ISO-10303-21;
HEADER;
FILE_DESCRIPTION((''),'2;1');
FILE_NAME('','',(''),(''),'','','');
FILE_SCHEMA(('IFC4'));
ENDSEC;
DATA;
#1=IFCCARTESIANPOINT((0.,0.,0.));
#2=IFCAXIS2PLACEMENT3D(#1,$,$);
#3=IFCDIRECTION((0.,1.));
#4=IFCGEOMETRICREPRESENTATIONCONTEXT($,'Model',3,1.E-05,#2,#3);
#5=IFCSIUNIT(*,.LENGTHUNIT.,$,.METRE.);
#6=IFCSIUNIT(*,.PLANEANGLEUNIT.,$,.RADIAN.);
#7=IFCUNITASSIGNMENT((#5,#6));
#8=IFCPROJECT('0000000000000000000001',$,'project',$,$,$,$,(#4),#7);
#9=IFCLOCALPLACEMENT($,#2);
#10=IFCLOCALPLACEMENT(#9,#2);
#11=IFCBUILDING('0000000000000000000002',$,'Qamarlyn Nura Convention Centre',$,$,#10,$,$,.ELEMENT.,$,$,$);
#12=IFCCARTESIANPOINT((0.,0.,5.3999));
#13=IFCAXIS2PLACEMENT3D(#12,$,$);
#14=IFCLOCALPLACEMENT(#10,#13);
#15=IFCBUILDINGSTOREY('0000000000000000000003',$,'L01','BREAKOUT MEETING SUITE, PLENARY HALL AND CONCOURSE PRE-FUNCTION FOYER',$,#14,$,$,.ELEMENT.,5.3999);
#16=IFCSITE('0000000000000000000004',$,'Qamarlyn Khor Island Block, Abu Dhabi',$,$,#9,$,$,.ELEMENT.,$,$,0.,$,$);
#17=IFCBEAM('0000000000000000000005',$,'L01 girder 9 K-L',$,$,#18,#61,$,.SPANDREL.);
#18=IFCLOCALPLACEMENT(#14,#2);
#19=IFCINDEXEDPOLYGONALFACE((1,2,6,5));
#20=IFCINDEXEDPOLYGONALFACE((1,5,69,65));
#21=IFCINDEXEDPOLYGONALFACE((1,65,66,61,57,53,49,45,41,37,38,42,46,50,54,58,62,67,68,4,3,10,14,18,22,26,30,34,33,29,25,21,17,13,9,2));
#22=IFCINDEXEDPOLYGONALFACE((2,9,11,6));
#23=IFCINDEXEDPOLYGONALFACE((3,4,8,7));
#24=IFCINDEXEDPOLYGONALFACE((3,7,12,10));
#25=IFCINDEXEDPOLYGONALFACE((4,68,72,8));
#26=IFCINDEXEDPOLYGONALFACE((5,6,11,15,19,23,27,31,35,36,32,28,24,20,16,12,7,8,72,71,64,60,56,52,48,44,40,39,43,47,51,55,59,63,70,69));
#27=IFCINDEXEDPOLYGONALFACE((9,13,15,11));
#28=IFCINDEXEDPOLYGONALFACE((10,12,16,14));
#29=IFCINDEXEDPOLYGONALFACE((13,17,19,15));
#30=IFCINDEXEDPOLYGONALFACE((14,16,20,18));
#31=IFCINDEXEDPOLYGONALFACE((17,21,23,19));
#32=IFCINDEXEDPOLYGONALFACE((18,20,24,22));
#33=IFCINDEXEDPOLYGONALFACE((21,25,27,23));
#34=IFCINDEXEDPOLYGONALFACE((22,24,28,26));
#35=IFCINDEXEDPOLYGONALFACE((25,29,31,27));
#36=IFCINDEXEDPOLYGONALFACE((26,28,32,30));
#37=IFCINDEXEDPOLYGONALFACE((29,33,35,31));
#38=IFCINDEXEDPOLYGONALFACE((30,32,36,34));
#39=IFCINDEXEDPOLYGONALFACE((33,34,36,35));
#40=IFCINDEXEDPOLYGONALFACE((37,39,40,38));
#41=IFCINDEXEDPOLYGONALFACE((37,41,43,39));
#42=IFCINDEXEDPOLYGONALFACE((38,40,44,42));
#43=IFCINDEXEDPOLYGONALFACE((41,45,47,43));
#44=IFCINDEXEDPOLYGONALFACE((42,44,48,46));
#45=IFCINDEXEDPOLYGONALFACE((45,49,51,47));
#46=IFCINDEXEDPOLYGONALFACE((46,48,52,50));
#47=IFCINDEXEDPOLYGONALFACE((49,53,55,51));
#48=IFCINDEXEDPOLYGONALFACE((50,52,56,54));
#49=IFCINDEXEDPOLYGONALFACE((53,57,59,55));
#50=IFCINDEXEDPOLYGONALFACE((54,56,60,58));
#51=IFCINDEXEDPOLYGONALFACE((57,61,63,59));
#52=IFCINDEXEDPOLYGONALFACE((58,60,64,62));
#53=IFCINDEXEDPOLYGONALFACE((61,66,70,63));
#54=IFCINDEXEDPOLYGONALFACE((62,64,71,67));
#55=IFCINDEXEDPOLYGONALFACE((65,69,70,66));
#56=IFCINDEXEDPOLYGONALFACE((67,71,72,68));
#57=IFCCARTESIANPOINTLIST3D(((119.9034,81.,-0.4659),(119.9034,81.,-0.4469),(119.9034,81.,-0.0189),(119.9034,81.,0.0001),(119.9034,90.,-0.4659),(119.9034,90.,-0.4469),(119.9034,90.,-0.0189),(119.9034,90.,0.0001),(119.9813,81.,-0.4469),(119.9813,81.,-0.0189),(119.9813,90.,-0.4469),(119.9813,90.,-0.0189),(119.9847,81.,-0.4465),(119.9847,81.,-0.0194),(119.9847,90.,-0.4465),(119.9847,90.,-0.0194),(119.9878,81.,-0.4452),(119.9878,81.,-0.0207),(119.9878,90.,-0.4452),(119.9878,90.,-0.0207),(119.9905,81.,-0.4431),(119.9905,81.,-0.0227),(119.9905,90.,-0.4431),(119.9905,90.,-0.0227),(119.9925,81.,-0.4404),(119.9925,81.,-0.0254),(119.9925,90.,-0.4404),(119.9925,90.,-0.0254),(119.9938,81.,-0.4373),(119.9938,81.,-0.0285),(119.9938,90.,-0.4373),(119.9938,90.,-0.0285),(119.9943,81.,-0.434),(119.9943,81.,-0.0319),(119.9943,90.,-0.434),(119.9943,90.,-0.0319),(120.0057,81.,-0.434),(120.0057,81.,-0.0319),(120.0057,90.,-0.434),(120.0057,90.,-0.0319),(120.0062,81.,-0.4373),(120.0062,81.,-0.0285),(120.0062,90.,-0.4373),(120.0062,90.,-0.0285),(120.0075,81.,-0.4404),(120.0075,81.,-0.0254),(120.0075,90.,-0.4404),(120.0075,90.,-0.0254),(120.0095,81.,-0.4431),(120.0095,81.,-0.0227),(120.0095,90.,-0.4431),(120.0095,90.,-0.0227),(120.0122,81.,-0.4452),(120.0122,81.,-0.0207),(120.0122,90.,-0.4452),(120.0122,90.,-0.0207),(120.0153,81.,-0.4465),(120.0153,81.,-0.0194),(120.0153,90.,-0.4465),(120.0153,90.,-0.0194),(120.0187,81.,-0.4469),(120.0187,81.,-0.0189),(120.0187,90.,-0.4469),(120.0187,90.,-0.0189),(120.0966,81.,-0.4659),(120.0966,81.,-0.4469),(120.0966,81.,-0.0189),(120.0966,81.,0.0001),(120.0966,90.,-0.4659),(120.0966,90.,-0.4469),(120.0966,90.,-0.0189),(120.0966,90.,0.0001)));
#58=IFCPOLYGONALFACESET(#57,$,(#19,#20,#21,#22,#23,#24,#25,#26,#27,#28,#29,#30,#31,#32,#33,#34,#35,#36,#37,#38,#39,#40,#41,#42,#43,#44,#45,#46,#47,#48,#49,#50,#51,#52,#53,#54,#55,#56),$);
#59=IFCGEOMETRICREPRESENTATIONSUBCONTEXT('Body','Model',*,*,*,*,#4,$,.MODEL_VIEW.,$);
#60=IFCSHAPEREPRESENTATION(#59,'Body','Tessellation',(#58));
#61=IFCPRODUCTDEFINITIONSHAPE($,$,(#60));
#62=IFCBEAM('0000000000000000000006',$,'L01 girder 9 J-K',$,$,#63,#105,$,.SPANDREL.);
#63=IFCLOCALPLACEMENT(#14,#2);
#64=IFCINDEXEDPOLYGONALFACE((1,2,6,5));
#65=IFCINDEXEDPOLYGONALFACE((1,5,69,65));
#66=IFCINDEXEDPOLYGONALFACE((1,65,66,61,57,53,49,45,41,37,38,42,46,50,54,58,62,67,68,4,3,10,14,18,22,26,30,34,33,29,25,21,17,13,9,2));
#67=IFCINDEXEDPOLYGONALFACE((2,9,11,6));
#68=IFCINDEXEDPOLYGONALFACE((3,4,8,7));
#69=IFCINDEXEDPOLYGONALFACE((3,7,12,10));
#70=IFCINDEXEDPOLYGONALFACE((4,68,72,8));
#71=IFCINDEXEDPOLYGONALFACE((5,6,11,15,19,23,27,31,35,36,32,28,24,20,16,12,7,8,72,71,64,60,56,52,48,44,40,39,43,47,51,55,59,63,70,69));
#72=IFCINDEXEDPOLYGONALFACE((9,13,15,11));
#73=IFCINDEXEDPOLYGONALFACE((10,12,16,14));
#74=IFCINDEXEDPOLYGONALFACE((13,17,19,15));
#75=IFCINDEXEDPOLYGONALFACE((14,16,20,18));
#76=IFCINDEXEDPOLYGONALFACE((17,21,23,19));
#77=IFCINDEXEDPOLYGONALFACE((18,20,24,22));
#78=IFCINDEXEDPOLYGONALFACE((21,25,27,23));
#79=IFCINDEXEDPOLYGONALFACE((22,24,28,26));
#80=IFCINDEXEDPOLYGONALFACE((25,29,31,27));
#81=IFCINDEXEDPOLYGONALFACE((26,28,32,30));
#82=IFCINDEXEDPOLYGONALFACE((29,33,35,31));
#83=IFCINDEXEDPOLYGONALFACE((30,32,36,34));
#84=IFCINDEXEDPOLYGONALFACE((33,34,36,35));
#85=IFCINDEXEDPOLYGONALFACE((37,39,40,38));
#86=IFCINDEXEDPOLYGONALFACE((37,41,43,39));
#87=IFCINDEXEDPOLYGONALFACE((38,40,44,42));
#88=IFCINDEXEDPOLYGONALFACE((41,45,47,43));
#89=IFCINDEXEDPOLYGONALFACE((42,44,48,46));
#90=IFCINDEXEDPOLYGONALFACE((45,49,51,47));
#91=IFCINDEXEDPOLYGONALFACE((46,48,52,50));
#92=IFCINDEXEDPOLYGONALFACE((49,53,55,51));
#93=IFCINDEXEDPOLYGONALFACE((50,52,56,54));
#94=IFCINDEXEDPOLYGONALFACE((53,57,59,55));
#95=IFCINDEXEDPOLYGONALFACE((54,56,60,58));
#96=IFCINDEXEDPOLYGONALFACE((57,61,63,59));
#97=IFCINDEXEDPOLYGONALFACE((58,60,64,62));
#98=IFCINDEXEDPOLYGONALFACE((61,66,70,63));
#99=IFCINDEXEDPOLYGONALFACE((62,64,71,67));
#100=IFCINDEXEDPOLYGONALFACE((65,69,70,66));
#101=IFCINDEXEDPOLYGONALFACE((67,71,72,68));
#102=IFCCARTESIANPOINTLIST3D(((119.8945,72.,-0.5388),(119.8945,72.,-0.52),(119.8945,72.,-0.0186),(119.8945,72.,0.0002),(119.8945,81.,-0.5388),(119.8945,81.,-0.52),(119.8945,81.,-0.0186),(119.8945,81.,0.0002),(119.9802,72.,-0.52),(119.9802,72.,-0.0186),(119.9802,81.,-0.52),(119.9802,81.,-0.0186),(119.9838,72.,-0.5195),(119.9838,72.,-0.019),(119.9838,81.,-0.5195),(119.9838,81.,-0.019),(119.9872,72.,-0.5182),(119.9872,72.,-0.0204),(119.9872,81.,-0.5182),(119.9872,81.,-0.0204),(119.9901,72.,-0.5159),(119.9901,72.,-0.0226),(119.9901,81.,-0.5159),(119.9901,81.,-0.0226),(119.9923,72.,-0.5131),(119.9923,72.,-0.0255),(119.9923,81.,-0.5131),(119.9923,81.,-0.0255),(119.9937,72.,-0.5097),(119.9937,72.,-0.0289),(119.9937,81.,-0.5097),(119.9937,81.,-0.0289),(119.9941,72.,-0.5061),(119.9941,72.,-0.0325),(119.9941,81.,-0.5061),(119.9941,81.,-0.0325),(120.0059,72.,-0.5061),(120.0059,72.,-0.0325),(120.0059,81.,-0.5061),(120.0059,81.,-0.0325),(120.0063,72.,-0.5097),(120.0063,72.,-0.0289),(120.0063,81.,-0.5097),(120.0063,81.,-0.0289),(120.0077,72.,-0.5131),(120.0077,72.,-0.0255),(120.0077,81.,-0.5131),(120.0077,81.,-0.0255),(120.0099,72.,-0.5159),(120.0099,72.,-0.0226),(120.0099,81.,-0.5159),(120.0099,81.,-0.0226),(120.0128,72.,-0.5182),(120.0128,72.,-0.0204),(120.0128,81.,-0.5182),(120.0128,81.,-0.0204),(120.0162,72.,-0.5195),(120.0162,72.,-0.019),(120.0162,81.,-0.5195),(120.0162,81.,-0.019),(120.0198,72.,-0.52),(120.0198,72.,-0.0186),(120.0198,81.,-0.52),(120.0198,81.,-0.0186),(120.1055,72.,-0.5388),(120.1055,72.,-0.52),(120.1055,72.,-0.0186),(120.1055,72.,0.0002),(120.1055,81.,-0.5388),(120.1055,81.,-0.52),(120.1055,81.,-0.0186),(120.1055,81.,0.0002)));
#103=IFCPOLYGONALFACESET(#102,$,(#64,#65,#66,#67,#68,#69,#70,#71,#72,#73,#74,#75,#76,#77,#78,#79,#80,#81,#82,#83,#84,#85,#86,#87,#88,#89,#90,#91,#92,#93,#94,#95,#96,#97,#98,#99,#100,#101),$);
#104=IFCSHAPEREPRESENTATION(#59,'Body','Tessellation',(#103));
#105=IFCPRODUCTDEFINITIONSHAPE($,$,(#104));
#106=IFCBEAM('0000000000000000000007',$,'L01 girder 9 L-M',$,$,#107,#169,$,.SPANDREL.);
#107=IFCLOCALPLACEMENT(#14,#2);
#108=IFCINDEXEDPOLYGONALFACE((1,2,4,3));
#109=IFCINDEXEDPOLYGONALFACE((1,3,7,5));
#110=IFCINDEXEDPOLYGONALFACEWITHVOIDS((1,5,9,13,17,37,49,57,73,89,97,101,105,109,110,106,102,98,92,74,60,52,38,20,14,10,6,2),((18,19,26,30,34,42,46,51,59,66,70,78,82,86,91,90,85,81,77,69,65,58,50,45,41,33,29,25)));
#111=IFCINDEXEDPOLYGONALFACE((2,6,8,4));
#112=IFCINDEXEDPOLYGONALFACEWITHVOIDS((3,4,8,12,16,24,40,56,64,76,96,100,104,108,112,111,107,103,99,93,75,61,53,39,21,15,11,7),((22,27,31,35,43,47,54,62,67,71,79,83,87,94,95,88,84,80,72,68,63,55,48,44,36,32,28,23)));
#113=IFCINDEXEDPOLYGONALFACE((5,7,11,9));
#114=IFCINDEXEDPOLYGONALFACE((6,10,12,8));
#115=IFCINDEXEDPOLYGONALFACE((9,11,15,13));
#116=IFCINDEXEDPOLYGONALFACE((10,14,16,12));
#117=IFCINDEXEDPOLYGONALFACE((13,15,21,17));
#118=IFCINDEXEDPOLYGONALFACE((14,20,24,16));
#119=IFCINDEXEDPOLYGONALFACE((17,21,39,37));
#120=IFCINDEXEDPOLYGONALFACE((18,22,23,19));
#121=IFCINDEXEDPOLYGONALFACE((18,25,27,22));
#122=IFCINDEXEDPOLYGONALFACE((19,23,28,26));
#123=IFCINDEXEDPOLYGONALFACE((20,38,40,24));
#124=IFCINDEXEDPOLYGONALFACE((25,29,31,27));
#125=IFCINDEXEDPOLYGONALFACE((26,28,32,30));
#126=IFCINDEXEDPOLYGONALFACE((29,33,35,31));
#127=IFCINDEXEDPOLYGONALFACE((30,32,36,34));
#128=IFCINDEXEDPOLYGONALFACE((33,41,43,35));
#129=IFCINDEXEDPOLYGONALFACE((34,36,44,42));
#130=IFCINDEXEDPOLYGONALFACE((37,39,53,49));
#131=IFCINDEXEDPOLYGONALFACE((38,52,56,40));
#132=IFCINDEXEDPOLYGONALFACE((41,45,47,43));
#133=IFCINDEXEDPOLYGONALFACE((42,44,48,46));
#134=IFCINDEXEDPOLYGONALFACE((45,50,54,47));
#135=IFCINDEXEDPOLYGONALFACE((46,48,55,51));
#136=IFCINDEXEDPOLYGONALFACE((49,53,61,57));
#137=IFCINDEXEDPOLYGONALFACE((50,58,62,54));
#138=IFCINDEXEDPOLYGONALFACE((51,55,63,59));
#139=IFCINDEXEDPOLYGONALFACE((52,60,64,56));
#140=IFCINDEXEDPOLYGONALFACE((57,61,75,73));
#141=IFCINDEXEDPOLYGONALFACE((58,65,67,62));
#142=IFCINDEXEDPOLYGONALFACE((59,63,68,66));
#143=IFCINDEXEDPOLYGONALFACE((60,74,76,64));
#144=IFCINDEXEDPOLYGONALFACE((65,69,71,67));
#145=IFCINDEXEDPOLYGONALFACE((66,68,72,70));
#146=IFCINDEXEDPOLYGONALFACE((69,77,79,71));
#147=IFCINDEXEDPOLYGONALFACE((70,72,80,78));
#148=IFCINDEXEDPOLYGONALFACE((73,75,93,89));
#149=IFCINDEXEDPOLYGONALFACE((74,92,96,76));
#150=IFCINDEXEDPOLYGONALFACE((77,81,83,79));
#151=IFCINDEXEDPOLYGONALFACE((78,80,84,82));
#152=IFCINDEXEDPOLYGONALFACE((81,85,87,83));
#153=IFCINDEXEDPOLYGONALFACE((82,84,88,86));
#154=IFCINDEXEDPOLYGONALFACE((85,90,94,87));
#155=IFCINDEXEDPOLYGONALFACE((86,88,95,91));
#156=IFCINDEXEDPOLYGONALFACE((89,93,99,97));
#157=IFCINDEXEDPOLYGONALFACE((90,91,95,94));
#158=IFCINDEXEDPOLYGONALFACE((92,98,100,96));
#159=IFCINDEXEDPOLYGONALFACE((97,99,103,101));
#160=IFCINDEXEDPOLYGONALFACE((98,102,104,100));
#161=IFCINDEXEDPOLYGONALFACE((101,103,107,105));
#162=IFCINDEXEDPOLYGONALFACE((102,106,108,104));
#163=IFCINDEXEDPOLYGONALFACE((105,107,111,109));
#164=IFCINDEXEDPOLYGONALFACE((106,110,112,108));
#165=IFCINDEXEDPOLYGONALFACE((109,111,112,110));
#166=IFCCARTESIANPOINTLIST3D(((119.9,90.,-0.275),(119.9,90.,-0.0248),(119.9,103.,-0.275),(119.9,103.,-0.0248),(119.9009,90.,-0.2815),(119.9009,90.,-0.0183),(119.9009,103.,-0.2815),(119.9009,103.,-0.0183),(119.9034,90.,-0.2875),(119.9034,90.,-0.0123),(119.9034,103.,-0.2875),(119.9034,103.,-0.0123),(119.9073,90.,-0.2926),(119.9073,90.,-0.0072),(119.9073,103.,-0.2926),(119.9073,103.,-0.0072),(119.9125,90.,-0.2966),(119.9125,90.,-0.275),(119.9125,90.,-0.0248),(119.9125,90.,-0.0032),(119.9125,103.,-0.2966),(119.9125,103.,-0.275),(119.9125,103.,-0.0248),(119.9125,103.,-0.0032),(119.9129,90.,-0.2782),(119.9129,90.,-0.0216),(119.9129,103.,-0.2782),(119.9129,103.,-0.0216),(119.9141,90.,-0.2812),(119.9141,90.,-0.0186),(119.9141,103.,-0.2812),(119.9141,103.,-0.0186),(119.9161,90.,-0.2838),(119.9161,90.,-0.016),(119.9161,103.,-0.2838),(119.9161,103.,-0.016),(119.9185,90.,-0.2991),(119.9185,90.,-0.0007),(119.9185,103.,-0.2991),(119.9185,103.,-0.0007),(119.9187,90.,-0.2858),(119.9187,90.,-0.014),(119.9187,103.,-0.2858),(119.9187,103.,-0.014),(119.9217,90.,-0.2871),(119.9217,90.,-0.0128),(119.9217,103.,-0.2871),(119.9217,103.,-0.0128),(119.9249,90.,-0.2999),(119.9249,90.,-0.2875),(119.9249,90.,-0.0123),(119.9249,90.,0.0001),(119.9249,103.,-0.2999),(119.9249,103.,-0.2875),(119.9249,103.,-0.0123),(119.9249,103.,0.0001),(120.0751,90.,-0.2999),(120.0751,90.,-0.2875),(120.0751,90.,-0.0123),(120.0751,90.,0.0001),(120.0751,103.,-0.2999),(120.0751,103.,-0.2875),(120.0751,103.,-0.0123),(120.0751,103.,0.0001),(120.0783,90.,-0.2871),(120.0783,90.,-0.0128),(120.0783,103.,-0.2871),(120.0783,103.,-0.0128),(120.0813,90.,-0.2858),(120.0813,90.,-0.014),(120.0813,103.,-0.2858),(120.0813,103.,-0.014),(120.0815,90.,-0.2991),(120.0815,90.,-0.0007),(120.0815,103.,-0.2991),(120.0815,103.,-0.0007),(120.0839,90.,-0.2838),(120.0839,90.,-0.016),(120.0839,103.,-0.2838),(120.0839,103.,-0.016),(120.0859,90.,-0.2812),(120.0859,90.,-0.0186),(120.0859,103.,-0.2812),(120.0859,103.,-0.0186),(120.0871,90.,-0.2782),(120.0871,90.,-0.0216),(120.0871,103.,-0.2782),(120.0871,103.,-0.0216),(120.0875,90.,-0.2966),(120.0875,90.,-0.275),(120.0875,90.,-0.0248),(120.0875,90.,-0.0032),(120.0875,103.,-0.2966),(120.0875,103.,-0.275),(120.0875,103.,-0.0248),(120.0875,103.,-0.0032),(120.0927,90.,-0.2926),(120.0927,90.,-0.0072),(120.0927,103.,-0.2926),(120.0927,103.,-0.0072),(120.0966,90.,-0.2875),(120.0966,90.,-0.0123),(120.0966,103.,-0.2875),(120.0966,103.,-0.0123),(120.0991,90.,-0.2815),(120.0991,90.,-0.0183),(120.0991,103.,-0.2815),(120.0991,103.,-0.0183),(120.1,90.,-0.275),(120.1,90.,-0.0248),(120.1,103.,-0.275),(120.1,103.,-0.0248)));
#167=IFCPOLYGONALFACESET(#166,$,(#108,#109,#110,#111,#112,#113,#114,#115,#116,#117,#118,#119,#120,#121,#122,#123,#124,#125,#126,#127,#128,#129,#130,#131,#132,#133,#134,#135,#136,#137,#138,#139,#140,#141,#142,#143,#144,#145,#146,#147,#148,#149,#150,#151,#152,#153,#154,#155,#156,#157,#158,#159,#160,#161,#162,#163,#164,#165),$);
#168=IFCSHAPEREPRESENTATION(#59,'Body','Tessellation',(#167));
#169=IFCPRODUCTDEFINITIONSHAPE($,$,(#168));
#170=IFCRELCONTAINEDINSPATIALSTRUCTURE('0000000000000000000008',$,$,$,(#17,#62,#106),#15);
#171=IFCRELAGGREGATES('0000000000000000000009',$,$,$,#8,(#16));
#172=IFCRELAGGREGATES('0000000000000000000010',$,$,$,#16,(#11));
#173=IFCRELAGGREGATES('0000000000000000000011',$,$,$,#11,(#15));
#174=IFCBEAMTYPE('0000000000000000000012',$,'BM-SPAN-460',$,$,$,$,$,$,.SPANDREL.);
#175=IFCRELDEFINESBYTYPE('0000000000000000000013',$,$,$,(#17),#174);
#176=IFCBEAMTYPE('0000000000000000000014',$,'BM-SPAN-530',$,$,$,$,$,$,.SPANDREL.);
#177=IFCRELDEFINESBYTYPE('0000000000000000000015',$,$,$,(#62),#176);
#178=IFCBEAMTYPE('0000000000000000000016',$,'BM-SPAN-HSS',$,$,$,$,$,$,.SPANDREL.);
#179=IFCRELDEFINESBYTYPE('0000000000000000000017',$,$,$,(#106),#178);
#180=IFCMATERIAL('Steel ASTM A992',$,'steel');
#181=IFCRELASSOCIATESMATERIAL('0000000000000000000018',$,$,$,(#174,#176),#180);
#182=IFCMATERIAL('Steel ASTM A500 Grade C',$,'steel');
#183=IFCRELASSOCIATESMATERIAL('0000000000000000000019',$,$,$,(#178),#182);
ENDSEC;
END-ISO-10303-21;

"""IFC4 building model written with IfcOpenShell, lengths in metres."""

from ifc_helpers import new_model, si_unit, direction, frame, origin, origin_2d, place, context, subcontext, project, spatial, hollow_rectangle, i_section, extrude, material, material_profile, profile_set, type_object, element, save


model = new_model("IFC4")

# Units and contexts
model_context = context("Model", 3, precision=1e-05, world=origin(), true_north=direction((0.0, 1.0)))
body_context = subcontext(model_context, "Body", "Model", "MODEL_VIEW")
ifc_project = project(units=[si_unit("LENGTHUNIT", "METRE"), si_unit("PLANEANGLEUNIT", "RADIAN")], contexts=[model_context])

# Site, building, storey
site_placement = place(None, origin())
site = spatial("IfcSite", under=ifc_project, at=site_placement, Name="Qamarlyn Khor Island Block, Abu Dhabi", CompositionType="ELEMENT", RefElevation=0.0)
building_placement = place(site_placement, origin())
building = spatial("IfcBuilding", under=site, at=building_placement, Name="Qamarlyn Nura Convention Centre", CompositionType="ELEMENT")
storey_placement = place(building_placement, frame((0.0, 0.0, 5.3999)))
storey = spatial("IfcBuildingStorey", under=building, at=storey_placement, Name="L01", Description="BREAKOUT MEETING SUITE, PLENARY HALL AND CONCOURSE PRE-FUNCTION FOYER", CompositionType="ELEMENT", Elevation=5.3999)

# Shared definitions
ifc_material_1 = material(Name="Steel ASTM A992", Category="steel")

# Beams
ifc_material_profile_1 = material_profile(ifc_material_1, i_section(OverallWidth=0.1931, OverallDepth=0.4661, WebThickness=0.0115, FlangeThickness=0.019, FilletRadius=0.0129, at=origin_2d()), Name="W460X97")
ifc_profile_set_1 = profile_set([ifc_material_profile_1], Name="Steel ASTM A992")
beam_type_1 = type_object("IfcBeamType", Name="BM-SPAN-460", PredefinedType="SPANDREL", material=ifc_profile_set_1)
beam_1_placement = place(storey_placement, frame((120.0, 81.0, -0.2329), z_axis=(0.0, 1.0, 0.0), x_axis=(-1.0, 0.0, 0.0)))
element("IfcBeam", 1, at=beam_1_placement, inside=storey, type_object=beam_type_1, Name="L01 girder 9 K-L", PredefinedType="SPANDREL", context=body_context, shape_type="SweptSolid", body=[
    extrude(i_section(OverallWidth=0.1931, OverallDepth=0.4661, WebThickness=0.0115, FlangeThickness=0.019, FilletRadius=0.0129, at=origin_2d()), origin(), (0.0, 0.0, 1.0), 9.0),
])
ifc_material_profile_2 = material_profile(ifc_material_1, i_section(OverallWidth=0.2109, OverallDepth=0.5391, WebThickness=0.0117, FlangeThickness=0.0188, FilletRadius=0.0139, at=origin_2d()), Name="W530X109")
ifc_profile_set_2 = profile_set([ifc_material_profile_2], Name="Steel ASTM A992")
beam_type_2 = type_object("IfcBeamType", Name="BM-SPAN-530", PredefinedType="SPANDREL", material=ifc_profile_set_2)
beam_2_placement = place(storey_placement, frame((120.0, 72.0, -0.2693), z_axis=(0.0, 1.0, 0.0), x_axis=(-1.0, 0.0, 0.0)))
element("IfcBeam", 2, at=beam_2_placement, inside=storey, type_object=beam_type_2, Name="L01 girder 9 J-K", PredefinedType="SPANDREL", context=body_context, shape_type="SweptSolid", body=[
    extrude(i_section(OverallWidth=0.2109, OverallDepth=0.5391, WebThickness=0.0117, FlangeThickness=0.0188, FilletRadius=0.0139, at=origin_2d()), origin(), (0.0, 0.0, 1.0), 9.0),
])
ifc_material_2 = material(Name="Steel ASTM A500 Grade C", Category="steel")
ifc_material_profile_3 = material_profile(ifc_material_2, hollow_rectangle(XDim=0.2, YDim=0.3, WallThickness=0.0125, InnerFilletRadius=0.0125, OuterFilletRadius=0.0249, at=origin_2d()), Name="HSS300X200X12.5")
ifc_profile_set_3 = profile_set([ifc_material_profile_3], Name="Steel ASTM A500 Grade C")
beam_type_3 = type_object("IfcBeamType", Name="BM-SPAN-HSS", PredefinedType="SPANDREL", material=ifc_profile_set_3)
beam_3_placement = place(storey_placement, frame((120.0, 90.0, -0.1499), z_axis=(0.0, 1.0, 0.0), x_axis=(-1.0, 0.0, 0.0)))
element("IfcBeam", 3, at=beam_3_placement, inside=storey, type_object=beam_type_3, Name="L01 girder 9 L-M", PredefinedType="SPANDREL", context=body_context, shape_type="SweptSolid", body=[
    extrude(hollow_rectangle(XDim=0.2, YDim=0.3, WallThickness=0.0125, InnerFilletRadius=0.0125, OuterFilletRadius=0.0249, at=origin_2d()), origin(), (0.0, 0.0, 1.0), 13.0),
])

save(model, "model.ifc")
